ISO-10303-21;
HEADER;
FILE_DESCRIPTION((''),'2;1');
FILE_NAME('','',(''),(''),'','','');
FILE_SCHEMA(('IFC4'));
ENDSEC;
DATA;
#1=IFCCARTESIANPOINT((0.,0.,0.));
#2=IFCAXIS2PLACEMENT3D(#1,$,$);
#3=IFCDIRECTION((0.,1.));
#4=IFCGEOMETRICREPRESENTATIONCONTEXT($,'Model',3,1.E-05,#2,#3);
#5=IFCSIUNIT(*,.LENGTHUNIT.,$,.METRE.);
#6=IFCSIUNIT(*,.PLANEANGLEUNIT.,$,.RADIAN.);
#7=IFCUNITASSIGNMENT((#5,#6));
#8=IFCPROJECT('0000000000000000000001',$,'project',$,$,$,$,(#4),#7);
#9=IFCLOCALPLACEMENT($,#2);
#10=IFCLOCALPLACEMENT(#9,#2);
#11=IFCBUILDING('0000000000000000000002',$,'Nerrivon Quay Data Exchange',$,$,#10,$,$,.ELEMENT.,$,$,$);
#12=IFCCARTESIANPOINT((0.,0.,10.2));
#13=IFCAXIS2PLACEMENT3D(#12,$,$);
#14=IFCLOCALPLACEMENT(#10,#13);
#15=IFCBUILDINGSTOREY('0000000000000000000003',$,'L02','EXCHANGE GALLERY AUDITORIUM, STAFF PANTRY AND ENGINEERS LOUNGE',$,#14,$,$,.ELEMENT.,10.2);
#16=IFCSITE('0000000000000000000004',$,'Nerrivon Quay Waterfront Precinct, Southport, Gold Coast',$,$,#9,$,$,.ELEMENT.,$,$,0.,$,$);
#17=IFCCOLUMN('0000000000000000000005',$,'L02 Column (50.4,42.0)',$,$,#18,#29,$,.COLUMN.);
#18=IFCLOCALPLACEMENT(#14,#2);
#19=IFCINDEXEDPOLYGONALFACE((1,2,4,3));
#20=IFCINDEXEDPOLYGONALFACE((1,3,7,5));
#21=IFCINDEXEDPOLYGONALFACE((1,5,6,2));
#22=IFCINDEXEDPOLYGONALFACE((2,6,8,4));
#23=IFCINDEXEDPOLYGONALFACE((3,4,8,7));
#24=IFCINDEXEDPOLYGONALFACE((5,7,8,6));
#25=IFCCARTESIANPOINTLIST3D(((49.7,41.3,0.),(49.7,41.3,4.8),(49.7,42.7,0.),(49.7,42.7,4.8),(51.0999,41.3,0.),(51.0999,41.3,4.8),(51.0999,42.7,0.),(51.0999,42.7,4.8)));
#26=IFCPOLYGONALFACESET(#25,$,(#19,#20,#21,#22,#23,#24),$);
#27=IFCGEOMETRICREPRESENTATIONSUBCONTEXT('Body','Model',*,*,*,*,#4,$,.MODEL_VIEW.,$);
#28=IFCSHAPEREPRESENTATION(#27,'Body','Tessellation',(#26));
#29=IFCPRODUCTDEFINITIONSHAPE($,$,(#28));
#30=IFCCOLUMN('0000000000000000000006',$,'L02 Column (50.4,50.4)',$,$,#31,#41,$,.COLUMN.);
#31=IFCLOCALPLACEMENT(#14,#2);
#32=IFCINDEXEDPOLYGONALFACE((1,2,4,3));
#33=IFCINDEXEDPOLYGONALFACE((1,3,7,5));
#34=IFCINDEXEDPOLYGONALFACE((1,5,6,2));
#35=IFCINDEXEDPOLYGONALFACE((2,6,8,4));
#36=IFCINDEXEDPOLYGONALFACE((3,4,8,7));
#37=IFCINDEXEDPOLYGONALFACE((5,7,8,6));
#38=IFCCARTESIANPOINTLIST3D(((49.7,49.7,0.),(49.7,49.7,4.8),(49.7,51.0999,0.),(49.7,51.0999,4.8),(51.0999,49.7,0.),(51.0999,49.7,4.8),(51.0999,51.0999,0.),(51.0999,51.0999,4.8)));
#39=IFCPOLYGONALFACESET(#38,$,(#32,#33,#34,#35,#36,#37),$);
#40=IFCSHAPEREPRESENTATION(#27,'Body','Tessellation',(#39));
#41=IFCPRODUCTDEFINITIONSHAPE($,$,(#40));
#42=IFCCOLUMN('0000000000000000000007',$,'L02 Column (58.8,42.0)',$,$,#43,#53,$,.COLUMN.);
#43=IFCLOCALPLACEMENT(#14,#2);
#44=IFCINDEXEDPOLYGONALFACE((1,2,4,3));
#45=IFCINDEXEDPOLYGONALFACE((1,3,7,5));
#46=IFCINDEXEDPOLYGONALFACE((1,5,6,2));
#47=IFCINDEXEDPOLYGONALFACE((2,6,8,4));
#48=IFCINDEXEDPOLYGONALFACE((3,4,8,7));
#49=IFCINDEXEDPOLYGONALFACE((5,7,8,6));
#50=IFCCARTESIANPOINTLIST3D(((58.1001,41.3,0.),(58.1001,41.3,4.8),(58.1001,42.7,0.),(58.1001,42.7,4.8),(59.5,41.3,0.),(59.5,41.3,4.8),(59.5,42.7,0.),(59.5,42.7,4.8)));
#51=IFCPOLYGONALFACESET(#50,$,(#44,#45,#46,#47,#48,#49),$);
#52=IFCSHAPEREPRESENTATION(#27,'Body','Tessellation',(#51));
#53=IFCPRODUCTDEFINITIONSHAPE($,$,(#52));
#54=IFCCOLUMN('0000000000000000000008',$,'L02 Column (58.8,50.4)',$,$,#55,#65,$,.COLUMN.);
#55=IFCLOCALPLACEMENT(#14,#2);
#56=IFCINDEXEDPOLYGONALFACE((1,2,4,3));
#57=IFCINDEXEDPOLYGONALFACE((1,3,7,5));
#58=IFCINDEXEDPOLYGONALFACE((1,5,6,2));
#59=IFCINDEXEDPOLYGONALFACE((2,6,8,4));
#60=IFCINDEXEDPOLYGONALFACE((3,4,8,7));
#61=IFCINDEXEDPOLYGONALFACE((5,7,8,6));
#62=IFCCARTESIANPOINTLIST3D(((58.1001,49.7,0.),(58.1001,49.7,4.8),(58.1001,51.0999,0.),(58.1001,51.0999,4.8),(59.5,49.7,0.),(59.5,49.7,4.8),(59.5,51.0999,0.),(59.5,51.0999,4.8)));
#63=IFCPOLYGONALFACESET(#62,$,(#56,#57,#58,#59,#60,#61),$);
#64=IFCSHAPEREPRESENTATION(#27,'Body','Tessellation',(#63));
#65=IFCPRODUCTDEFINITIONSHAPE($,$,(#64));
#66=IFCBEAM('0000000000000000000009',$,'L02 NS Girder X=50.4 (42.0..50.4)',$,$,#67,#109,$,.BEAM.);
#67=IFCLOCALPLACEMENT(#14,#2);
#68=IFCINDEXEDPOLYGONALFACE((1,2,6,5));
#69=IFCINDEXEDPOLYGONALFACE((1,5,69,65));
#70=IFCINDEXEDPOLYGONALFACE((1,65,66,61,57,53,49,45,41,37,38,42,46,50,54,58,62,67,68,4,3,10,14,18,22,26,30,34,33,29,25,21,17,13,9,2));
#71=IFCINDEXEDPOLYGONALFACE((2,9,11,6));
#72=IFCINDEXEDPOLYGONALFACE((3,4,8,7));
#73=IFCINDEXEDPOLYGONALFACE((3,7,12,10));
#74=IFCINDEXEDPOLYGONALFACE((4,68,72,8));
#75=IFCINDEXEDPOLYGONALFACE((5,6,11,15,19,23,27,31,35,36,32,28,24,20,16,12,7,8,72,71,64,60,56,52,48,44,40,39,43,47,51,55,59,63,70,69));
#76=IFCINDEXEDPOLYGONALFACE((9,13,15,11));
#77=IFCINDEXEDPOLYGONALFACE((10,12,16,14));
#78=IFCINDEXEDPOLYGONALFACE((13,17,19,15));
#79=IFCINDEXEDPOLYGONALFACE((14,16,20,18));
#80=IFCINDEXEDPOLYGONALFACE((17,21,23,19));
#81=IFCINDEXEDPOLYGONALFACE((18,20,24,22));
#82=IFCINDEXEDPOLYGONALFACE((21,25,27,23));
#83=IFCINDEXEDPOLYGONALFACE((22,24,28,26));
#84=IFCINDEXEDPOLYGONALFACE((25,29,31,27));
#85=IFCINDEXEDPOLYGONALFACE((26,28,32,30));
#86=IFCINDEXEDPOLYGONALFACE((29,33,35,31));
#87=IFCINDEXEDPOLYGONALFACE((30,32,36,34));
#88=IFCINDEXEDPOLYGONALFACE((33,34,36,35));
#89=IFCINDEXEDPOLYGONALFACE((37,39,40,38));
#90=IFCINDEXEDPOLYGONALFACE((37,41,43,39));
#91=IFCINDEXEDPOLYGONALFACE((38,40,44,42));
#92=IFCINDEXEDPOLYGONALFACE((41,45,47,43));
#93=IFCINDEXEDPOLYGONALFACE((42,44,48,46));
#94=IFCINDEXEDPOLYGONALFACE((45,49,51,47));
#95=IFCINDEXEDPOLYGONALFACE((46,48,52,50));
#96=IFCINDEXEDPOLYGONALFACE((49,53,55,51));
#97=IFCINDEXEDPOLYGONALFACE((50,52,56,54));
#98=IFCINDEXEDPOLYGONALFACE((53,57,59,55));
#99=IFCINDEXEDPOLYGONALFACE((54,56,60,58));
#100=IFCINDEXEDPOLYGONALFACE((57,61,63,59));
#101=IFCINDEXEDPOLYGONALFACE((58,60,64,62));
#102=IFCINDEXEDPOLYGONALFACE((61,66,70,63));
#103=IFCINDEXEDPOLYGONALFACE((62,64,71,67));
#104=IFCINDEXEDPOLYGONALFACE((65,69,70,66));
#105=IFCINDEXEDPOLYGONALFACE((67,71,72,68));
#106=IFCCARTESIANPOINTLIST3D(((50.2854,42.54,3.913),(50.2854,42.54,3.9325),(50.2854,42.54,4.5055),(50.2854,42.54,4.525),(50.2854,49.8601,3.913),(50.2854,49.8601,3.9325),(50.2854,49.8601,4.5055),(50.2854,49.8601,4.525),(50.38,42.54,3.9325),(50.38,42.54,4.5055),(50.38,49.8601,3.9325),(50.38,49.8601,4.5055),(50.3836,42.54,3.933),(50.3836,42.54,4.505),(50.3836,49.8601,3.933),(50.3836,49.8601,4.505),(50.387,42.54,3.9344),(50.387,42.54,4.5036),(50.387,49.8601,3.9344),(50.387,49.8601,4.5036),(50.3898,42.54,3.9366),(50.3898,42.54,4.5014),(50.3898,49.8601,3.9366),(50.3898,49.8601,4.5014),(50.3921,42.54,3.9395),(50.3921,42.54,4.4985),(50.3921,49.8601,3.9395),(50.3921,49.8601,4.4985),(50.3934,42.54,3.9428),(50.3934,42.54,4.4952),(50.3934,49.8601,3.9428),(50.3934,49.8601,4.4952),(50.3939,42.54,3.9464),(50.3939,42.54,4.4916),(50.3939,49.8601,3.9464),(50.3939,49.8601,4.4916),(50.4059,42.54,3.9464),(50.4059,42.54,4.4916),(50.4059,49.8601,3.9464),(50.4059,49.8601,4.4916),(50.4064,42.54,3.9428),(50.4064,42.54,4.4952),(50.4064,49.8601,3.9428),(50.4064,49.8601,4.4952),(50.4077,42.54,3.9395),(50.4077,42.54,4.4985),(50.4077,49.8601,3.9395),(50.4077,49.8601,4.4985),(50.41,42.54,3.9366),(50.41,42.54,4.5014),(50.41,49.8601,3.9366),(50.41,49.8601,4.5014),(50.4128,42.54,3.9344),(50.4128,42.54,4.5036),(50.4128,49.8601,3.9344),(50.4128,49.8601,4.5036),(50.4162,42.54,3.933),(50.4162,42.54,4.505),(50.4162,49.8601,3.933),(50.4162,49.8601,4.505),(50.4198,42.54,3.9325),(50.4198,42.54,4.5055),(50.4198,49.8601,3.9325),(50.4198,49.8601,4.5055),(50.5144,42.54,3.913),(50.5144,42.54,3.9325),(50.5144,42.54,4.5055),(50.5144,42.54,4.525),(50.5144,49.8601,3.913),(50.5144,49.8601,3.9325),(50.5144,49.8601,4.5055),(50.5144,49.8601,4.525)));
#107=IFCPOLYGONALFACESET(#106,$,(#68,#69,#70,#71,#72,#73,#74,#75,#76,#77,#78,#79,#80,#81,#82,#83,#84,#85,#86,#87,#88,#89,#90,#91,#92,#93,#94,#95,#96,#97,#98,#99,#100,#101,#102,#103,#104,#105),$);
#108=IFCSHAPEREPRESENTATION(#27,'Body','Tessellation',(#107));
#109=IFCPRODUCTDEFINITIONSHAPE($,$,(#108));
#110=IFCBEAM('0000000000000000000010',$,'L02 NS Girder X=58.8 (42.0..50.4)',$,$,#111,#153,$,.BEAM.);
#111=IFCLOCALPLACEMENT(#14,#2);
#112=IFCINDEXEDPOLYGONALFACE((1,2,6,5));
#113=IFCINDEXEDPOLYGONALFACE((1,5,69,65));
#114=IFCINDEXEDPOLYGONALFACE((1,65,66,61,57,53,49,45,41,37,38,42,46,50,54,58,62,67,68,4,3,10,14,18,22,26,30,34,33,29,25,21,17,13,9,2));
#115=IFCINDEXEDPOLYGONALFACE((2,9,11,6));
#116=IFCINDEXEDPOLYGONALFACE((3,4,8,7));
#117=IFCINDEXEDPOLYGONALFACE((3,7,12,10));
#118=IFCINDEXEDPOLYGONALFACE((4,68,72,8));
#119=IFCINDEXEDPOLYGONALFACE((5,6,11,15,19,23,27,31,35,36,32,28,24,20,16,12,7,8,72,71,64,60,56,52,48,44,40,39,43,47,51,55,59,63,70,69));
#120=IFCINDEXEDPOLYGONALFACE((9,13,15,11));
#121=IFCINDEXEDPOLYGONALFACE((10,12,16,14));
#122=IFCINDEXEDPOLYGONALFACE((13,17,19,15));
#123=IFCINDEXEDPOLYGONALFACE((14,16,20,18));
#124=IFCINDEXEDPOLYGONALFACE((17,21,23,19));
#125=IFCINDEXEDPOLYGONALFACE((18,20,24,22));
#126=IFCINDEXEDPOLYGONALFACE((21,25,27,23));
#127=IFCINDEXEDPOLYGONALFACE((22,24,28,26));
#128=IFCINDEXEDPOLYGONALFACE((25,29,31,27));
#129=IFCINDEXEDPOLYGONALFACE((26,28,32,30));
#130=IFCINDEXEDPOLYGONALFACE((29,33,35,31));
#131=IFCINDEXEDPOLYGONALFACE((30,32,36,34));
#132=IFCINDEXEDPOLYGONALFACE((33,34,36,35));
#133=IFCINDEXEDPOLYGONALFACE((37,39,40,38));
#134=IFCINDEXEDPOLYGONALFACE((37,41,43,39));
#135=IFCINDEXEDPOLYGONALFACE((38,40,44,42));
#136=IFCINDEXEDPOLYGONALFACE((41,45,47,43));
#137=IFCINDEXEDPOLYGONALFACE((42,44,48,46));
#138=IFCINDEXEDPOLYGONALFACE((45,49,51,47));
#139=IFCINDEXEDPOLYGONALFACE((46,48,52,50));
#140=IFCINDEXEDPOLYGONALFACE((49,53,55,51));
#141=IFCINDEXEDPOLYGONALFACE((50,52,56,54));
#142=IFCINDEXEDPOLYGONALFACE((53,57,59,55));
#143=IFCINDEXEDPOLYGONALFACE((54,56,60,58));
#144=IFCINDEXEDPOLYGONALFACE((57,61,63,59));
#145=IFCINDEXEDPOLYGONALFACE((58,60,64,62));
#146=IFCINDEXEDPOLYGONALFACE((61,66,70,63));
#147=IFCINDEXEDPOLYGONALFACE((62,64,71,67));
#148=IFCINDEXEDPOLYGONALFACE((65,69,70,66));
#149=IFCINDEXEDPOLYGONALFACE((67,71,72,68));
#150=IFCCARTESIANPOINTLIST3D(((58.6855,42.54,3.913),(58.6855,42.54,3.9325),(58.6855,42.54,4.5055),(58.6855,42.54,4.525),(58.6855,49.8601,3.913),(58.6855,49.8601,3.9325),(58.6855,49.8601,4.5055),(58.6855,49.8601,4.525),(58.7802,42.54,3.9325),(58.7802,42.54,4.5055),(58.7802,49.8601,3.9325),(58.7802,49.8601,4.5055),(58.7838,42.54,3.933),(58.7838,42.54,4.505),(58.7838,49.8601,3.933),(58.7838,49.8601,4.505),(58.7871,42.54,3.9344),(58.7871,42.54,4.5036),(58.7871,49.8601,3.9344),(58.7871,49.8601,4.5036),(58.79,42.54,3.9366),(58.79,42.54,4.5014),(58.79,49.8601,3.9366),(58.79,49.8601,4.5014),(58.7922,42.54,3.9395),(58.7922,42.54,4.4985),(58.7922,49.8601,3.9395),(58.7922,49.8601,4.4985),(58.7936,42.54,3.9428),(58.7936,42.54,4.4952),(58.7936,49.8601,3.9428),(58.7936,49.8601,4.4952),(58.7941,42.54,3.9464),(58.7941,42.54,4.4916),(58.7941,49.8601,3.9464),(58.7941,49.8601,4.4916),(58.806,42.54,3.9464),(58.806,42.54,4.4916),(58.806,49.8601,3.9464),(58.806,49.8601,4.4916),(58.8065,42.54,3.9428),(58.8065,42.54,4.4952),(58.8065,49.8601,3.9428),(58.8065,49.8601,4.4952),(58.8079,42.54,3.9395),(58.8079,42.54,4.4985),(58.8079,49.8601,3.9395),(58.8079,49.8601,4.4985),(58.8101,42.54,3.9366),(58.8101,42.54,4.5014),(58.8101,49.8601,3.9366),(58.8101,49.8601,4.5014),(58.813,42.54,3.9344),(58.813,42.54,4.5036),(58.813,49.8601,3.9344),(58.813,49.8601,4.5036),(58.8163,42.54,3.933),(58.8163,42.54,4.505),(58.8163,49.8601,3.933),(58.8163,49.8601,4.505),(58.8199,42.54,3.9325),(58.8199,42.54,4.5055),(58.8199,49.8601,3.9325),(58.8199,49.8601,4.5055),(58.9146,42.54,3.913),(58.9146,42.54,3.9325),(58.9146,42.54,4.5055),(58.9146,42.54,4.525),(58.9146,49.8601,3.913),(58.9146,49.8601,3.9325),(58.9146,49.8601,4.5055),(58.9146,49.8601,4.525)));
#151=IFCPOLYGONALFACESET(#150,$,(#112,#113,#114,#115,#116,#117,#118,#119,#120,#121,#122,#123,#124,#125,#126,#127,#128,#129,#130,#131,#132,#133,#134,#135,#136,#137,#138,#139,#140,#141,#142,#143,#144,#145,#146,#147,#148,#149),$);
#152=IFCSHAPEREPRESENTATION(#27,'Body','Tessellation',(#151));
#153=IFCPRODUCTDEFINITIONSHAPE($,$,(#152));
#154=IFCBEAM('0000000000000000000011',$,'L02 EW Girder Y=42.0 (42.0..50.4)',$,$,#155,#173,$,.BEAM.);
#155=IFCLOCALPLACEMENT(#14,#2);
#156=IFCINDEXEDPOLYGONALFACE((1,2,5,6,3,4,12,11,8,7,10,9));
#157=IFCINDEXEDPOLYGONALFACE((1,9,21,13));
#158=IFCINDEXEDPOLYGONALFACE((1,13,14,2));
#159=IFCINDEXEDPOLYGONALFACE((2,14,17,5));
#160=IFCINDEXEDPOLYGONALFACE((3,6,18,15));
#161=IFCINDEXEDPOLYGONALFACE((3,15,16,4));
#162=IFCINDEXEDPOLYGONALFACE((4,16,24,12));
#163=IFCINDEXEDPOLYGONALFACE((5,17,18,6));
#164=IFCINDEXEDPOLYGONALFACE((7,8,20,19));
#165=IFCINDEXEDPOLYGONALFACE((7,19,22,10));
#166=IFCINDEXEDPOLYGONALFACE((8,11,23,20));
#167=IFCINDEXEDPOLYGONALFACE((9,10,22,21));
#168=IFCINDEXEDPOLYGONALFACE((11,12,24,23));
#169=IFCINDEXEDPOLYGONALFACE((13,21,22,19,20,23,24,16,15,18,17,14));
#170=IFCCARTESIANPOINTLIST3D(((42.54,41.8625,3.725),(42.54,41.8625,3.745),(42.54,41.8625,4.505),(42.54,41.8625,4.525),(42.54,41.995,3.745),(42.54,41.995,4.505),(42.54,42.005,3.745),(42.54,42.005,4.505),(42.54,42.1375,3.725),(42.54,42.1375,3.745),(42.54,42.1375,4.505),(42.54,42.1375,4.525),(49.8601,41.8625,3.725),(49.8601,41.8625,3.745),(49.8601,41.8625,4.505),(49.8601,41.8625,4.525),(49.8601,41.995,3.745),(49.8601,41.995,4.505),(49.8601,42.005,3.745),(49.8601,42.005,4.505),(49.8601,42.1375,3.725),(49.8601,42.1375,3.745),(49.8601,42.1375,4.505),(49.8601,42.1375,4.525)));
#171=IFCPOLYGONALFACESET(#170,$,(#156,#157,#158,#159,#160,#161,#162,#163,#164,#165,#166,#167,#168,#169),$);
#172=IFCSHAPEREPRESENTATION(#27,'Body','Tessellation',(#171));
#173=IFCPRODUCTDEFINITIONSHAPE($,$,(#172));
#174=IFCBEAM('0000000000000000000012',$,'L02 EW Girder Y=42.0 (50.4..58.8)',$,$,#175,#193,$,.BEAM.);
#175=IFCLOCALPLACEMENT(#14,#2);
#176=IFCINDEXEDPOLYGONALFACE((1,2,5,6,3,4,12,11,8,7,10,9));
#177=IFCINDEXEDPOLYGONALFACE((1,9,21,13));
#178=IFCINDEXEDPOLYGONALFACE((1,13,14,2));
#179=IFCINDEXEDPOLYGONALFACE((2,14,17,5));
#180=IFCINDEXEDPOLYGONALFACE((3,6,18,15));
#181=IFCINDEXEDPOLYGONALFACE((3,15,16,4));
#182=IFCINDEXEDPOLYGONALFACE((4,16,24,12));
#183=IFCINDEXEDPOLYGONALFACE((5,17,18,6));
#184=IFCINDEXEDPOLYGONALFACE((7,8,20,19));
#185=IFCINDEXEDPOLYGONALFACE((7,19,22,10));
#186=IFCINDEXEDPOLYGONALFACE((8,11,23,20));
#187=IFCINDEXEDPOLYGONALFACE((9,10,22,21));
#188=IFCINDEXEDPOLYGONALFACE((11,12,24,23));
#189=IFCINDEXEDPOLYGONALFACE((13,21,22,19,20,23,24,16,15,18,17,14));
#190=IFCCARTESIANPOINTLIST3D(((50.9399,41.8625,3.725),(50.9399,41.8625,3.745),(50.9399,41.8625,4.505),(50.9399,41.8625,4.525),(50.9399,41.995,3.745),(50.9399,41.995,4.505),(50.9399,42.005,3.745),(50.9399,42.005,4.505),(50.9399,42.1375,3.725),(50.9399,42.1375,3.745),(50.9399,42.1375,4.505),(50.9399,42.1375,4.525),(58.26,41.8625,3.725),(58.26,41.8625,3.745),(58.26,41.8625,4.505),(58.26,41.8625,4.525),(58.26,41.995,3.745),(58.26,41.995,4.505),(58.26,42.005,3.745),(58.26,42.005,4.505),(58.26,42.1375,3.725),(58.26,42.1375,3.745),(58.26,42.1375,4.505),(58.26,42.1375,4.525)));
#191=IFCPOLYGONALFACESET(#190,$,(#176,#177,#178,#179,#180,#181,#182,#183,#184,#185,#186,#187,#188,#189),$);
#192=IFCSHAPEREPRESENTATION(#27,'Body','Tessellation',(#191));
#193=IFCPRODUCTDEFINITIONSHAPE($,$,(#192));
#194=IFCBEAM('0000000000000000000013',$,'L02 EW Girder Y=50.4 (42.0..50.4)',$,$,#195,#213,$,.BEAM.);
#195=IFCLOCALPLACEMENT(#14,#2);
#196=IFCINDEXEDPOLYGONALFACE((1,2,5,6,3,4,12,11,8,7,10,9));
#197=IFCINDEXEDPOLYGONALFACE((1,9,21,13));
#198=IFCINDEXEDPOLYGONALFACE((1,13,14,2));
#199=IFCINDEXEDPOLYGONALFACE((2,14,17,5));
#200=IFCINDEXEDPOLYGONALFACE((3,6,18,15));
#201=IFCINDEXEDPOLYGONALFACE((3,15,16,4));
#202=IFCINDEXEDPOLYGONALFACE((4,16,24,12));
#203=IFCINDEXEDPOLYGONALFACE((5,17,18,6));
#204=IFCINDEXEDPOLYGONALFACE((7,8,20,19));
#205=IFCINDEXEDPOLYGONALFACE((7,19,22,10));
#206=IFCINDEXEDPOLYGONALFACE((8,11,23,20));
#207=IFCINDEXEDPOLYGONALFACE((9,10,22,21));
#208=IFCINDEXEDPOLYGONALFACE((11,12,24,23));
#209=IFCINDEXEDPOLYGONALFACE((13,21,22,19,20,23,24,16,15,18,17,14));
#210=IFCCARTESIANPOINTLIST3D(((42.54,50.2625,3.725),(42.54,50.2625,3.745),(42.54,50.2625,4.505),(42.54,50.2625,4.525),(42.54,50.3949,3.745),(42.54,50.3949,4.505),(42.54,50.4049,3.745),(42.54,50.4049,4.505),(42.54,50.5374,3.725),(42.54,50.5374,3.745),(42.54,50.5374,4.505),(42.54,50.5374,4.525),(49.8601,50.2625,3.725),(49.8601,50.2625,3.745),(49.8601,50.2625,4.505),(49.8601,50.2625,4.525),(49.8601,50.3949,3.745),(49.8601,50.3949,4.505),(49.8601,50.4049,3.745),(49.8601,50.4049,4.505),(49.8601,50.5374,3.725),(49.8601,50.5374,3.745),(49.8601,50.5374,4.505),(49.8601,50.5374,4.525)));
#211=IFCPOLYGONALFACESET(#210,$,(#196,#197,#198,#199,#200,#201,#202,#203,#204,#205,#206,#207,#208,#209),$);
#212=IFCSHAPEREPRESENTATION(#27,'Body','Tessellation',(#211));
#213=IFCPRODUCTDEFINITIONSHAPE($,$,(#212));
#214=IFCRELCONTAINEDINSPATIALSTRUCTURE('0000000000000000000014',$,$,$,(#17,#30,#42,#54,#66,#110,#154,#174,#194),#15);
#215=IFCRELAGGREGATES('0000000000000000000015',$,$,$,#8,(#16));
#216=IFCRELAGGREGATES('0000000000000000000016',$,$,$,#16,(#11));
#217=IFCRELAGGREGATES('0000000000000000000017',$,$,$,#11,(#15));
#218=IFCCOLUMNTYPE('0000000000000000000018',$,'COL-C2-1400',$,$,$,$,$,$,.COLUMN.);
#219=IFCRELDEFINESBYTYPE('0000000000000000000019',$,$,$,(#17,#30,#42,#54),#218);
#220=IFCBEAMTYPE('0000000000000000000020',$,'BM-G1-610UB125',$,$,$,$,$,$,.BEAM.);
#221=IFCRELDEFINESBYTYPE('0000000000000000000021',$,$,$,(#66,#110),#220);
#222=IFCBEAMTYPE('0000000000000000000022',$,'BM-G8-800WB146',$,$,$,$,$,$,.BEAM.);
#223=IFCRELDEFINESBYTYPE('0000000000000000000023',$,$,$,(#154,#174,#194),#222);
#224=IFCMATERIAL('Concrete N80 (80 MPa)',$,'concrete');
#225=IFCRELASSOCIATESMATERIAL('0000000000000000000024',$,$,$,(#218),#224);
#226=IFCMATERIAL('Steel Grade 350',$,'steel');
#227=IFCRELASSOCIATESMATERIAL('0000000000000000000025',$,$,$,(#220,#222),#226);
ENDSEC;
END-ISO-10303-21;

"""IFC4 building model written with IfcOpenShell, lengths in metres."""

from ifc_helpers import new_model, si_unit, direction, frame, origin, origin_2d, place, context, subcontext, project, spatial, rectangle, i_section, extrude, material, material_profile, profile_set, type_object, element, save


model = new_model("IFC4")

# Units and contexts
model_context = context("Model", 3, precision=1e-05, world=origin(), true_north=direction((0.0, 1.0)))
body_context = subcontext(model_context, "Body", "Model", "MODEL_VIEW")
ifc_project = project(units=[si_unit("LENGTHUNIT", "METRE"), si_unit("PLANEANGLEUNIT", "RADIAN")], contexts=[model_context])

# Site, building, storey
site_placement = place(None, origin())
site = spatial("IfcSite", under=ifc_project, at=site_placement, Name="Nerrivon Quay Waterfront Precinct, Southport, Gold Coast", CompositionType="ELEMENT", RefElevation=0.0)
building_placement = place(site_placement, origin())
building = spatial("IfcBuilding", under=site, at=building_placement, Name="Nerrivon Quay Data Exchange", CompositionType="ELEMENT")
storey_placement = place(building_placement, frame((0.0, 0.0, 10.2)))
storey = spatial("IfcBuildingStorey", under=building, at=storey_placement, Name="L02", Description="EXCHANGE GALLERY AUDITORIUM, STAFF PANTRY AND ENGINEERS LOUNGE", CompositionType="ELEMENT", Elevation=10.2)

# Columns
ifc_material_1 = material(Name="Concrete N80 (80 MPa)", Category="concrete")
ifc_material_profile_1 = material_profile(ifc_material_1, rectangle(XDim=1.3999, YDim=1.3999, at=origin_2d()), Name="RC-COL-1400x1400")
ifc_profile_set_1 = profile_set([ifc_material_profile_1], Name="Concrete N80 (80 MPa)")
column_type = type_object("IfcColumnType", Name="COL-C2-1400", PredefinedType="COLUMN", material=ifc_profile_set_1)
for number, where, z_axis, x_axis, name in (
    (1, (50.3999, 42.0, 0.0), (0.0, 0.0, 1.0), (1.0, 0.0, 0.0), "L02 Column (50.4,42.0)"),
    (2, (50.3999, 50.3999, 0.0), (0.0, 0.0, 1.0), (1.0, 0.0, 0.0), "L02 Column (50.4,50.4)"),
    (3, (58.8, 42.0, 0.0), (0.0, 0.0, 1.0), (1.0, 0.0, 0.0), "L02 Column (58.8,42.0)"),
    (4, (58.8, 50.3999, 0.0), (0.0, 0.0, 1.0), (1.0, 0.0, 0.0), "L02 Column (58.8,50.4)"),
):
    element("IfcColumn", number, at=place(storey_placement, frame(where, z_axis=z_axis, x_axis=x_axis)), inside=storey, type_object=column_type, Name=name, PredefinedType="COLUMN", context=body_context, shape_type="SweptSolid", body=[
        extrude(rectangle(XDim=1.3999, YDim=1.3999, at=origin_2d()), origin(), (0.0, 0.0, 1.0), 4.8),
    ])

# Beams
ifc_material_2 = material(Name="Steel Grade 350", Category="steel")
ifc_material_profile_2 = material_profile(ifc_material_2, i_section(OverallWidth=0.229, OverallDepth=0.6121, WebThickness=0.012, FlangeThickness=0.0195, FilletRadius=0.0139, at=origin_2d()), Name="610UB125")
ifc_profile_set_2 = profile_set([ifc_material_profile_2], Name="Steel Grade 350")
beam_type_1 = type_object("IfcBeamType", Name="BM-G1-610UB125", PredefinedType="BEAM", material=ifc_profile_set_2)
for number, where, z_axis, x_axis, name in (
    (5, (50.3999, 42.54, 4.219), (0.0, 1.0, 0.0), (-1.0, 0.0, 0.0), "L02 NS Girder X=50.4 (42.0..50.4)"),
    (6, (58.8, 42.54, 4.219), (0.0, 1.0, 0.0), (-1.0, 0.0, 0.0), "L02 NS Girder X=58.8 (42.0..50.4)"),
):
    element("IfcBeam", number, at=place(storey_placement, frame(where, z_axis=z_axis, x_axis=x_axis)), inside=storey, type_object=beam_type_1, Name=name, PredefinedType="BEAM", context=body_context, shape_type="SweptSolid", body=[
        extrude(i_section(OverallWidth=0.229, OverallDepth=0.6121, WebThickness=0.012, FlangeThickness=0.0195, FilletRadius=0.0139, at=origin_2d()), origin(), (0.0, 0.0, 1.0), 7.3201),
    ])
ifc_material_profile_3 = material_profile(ifc_material_2, i_section(OverallWidth=0.2749, OverallDepth=0.8, WebThickness=0.01, FlangeThickness=0.02, at=origin_2d()), Name="800WB146")
ifc_profile_set_3 = profile_set([ifc_material_profile_3], Name="Steel Grade 350")
beam_type_2 = type_object("IfcBeamType", Name="BM-G8-800WB146", PredefinedType="BEAM", material=ifc_profile_set_3)
for number, where, z_axis, x_axis, name in (
    (7, (42.54, 42.0, 4.125), (1.0, 0.0, 0.0), (0.0, 1.0, 0.0), "L02 EW Girder Y=42.0 (42.0..50.4)"),
    (8, (50.9399, 42.0, 4.125), (1.0, 0.0, 0.0), (0.0, 1.0, 0.0), "L02 EW Girder Y=42.0 (50.4..58.8)"),
    (9, (42.54, 50.3999, 4.125), (1.0, 0.0, 0.0), (0.0, 1.0, 0.0), "L02 EW Girder Y=50.4 (42.0..50.4)"),
):
    element("IfcBeam", number, at=place(storey_placement, frame(where, z_axis=z_axis, x_axis=x_axis)), inside=storey, type_object=beam_type_2, Name=name, PredefinedType="BEAM", context=body_context, shape_type="SweptSolid", body=[
        extrude(i_section(OverallWidth=0.2749, OverallDepth=0.8, WebThickness=0.01, FlangeThickness=0.02, at=origin_2d()), origin(), (0.0, 0.0, 1.0), 7.3201),
    ])

save(model, "model.ifc")
